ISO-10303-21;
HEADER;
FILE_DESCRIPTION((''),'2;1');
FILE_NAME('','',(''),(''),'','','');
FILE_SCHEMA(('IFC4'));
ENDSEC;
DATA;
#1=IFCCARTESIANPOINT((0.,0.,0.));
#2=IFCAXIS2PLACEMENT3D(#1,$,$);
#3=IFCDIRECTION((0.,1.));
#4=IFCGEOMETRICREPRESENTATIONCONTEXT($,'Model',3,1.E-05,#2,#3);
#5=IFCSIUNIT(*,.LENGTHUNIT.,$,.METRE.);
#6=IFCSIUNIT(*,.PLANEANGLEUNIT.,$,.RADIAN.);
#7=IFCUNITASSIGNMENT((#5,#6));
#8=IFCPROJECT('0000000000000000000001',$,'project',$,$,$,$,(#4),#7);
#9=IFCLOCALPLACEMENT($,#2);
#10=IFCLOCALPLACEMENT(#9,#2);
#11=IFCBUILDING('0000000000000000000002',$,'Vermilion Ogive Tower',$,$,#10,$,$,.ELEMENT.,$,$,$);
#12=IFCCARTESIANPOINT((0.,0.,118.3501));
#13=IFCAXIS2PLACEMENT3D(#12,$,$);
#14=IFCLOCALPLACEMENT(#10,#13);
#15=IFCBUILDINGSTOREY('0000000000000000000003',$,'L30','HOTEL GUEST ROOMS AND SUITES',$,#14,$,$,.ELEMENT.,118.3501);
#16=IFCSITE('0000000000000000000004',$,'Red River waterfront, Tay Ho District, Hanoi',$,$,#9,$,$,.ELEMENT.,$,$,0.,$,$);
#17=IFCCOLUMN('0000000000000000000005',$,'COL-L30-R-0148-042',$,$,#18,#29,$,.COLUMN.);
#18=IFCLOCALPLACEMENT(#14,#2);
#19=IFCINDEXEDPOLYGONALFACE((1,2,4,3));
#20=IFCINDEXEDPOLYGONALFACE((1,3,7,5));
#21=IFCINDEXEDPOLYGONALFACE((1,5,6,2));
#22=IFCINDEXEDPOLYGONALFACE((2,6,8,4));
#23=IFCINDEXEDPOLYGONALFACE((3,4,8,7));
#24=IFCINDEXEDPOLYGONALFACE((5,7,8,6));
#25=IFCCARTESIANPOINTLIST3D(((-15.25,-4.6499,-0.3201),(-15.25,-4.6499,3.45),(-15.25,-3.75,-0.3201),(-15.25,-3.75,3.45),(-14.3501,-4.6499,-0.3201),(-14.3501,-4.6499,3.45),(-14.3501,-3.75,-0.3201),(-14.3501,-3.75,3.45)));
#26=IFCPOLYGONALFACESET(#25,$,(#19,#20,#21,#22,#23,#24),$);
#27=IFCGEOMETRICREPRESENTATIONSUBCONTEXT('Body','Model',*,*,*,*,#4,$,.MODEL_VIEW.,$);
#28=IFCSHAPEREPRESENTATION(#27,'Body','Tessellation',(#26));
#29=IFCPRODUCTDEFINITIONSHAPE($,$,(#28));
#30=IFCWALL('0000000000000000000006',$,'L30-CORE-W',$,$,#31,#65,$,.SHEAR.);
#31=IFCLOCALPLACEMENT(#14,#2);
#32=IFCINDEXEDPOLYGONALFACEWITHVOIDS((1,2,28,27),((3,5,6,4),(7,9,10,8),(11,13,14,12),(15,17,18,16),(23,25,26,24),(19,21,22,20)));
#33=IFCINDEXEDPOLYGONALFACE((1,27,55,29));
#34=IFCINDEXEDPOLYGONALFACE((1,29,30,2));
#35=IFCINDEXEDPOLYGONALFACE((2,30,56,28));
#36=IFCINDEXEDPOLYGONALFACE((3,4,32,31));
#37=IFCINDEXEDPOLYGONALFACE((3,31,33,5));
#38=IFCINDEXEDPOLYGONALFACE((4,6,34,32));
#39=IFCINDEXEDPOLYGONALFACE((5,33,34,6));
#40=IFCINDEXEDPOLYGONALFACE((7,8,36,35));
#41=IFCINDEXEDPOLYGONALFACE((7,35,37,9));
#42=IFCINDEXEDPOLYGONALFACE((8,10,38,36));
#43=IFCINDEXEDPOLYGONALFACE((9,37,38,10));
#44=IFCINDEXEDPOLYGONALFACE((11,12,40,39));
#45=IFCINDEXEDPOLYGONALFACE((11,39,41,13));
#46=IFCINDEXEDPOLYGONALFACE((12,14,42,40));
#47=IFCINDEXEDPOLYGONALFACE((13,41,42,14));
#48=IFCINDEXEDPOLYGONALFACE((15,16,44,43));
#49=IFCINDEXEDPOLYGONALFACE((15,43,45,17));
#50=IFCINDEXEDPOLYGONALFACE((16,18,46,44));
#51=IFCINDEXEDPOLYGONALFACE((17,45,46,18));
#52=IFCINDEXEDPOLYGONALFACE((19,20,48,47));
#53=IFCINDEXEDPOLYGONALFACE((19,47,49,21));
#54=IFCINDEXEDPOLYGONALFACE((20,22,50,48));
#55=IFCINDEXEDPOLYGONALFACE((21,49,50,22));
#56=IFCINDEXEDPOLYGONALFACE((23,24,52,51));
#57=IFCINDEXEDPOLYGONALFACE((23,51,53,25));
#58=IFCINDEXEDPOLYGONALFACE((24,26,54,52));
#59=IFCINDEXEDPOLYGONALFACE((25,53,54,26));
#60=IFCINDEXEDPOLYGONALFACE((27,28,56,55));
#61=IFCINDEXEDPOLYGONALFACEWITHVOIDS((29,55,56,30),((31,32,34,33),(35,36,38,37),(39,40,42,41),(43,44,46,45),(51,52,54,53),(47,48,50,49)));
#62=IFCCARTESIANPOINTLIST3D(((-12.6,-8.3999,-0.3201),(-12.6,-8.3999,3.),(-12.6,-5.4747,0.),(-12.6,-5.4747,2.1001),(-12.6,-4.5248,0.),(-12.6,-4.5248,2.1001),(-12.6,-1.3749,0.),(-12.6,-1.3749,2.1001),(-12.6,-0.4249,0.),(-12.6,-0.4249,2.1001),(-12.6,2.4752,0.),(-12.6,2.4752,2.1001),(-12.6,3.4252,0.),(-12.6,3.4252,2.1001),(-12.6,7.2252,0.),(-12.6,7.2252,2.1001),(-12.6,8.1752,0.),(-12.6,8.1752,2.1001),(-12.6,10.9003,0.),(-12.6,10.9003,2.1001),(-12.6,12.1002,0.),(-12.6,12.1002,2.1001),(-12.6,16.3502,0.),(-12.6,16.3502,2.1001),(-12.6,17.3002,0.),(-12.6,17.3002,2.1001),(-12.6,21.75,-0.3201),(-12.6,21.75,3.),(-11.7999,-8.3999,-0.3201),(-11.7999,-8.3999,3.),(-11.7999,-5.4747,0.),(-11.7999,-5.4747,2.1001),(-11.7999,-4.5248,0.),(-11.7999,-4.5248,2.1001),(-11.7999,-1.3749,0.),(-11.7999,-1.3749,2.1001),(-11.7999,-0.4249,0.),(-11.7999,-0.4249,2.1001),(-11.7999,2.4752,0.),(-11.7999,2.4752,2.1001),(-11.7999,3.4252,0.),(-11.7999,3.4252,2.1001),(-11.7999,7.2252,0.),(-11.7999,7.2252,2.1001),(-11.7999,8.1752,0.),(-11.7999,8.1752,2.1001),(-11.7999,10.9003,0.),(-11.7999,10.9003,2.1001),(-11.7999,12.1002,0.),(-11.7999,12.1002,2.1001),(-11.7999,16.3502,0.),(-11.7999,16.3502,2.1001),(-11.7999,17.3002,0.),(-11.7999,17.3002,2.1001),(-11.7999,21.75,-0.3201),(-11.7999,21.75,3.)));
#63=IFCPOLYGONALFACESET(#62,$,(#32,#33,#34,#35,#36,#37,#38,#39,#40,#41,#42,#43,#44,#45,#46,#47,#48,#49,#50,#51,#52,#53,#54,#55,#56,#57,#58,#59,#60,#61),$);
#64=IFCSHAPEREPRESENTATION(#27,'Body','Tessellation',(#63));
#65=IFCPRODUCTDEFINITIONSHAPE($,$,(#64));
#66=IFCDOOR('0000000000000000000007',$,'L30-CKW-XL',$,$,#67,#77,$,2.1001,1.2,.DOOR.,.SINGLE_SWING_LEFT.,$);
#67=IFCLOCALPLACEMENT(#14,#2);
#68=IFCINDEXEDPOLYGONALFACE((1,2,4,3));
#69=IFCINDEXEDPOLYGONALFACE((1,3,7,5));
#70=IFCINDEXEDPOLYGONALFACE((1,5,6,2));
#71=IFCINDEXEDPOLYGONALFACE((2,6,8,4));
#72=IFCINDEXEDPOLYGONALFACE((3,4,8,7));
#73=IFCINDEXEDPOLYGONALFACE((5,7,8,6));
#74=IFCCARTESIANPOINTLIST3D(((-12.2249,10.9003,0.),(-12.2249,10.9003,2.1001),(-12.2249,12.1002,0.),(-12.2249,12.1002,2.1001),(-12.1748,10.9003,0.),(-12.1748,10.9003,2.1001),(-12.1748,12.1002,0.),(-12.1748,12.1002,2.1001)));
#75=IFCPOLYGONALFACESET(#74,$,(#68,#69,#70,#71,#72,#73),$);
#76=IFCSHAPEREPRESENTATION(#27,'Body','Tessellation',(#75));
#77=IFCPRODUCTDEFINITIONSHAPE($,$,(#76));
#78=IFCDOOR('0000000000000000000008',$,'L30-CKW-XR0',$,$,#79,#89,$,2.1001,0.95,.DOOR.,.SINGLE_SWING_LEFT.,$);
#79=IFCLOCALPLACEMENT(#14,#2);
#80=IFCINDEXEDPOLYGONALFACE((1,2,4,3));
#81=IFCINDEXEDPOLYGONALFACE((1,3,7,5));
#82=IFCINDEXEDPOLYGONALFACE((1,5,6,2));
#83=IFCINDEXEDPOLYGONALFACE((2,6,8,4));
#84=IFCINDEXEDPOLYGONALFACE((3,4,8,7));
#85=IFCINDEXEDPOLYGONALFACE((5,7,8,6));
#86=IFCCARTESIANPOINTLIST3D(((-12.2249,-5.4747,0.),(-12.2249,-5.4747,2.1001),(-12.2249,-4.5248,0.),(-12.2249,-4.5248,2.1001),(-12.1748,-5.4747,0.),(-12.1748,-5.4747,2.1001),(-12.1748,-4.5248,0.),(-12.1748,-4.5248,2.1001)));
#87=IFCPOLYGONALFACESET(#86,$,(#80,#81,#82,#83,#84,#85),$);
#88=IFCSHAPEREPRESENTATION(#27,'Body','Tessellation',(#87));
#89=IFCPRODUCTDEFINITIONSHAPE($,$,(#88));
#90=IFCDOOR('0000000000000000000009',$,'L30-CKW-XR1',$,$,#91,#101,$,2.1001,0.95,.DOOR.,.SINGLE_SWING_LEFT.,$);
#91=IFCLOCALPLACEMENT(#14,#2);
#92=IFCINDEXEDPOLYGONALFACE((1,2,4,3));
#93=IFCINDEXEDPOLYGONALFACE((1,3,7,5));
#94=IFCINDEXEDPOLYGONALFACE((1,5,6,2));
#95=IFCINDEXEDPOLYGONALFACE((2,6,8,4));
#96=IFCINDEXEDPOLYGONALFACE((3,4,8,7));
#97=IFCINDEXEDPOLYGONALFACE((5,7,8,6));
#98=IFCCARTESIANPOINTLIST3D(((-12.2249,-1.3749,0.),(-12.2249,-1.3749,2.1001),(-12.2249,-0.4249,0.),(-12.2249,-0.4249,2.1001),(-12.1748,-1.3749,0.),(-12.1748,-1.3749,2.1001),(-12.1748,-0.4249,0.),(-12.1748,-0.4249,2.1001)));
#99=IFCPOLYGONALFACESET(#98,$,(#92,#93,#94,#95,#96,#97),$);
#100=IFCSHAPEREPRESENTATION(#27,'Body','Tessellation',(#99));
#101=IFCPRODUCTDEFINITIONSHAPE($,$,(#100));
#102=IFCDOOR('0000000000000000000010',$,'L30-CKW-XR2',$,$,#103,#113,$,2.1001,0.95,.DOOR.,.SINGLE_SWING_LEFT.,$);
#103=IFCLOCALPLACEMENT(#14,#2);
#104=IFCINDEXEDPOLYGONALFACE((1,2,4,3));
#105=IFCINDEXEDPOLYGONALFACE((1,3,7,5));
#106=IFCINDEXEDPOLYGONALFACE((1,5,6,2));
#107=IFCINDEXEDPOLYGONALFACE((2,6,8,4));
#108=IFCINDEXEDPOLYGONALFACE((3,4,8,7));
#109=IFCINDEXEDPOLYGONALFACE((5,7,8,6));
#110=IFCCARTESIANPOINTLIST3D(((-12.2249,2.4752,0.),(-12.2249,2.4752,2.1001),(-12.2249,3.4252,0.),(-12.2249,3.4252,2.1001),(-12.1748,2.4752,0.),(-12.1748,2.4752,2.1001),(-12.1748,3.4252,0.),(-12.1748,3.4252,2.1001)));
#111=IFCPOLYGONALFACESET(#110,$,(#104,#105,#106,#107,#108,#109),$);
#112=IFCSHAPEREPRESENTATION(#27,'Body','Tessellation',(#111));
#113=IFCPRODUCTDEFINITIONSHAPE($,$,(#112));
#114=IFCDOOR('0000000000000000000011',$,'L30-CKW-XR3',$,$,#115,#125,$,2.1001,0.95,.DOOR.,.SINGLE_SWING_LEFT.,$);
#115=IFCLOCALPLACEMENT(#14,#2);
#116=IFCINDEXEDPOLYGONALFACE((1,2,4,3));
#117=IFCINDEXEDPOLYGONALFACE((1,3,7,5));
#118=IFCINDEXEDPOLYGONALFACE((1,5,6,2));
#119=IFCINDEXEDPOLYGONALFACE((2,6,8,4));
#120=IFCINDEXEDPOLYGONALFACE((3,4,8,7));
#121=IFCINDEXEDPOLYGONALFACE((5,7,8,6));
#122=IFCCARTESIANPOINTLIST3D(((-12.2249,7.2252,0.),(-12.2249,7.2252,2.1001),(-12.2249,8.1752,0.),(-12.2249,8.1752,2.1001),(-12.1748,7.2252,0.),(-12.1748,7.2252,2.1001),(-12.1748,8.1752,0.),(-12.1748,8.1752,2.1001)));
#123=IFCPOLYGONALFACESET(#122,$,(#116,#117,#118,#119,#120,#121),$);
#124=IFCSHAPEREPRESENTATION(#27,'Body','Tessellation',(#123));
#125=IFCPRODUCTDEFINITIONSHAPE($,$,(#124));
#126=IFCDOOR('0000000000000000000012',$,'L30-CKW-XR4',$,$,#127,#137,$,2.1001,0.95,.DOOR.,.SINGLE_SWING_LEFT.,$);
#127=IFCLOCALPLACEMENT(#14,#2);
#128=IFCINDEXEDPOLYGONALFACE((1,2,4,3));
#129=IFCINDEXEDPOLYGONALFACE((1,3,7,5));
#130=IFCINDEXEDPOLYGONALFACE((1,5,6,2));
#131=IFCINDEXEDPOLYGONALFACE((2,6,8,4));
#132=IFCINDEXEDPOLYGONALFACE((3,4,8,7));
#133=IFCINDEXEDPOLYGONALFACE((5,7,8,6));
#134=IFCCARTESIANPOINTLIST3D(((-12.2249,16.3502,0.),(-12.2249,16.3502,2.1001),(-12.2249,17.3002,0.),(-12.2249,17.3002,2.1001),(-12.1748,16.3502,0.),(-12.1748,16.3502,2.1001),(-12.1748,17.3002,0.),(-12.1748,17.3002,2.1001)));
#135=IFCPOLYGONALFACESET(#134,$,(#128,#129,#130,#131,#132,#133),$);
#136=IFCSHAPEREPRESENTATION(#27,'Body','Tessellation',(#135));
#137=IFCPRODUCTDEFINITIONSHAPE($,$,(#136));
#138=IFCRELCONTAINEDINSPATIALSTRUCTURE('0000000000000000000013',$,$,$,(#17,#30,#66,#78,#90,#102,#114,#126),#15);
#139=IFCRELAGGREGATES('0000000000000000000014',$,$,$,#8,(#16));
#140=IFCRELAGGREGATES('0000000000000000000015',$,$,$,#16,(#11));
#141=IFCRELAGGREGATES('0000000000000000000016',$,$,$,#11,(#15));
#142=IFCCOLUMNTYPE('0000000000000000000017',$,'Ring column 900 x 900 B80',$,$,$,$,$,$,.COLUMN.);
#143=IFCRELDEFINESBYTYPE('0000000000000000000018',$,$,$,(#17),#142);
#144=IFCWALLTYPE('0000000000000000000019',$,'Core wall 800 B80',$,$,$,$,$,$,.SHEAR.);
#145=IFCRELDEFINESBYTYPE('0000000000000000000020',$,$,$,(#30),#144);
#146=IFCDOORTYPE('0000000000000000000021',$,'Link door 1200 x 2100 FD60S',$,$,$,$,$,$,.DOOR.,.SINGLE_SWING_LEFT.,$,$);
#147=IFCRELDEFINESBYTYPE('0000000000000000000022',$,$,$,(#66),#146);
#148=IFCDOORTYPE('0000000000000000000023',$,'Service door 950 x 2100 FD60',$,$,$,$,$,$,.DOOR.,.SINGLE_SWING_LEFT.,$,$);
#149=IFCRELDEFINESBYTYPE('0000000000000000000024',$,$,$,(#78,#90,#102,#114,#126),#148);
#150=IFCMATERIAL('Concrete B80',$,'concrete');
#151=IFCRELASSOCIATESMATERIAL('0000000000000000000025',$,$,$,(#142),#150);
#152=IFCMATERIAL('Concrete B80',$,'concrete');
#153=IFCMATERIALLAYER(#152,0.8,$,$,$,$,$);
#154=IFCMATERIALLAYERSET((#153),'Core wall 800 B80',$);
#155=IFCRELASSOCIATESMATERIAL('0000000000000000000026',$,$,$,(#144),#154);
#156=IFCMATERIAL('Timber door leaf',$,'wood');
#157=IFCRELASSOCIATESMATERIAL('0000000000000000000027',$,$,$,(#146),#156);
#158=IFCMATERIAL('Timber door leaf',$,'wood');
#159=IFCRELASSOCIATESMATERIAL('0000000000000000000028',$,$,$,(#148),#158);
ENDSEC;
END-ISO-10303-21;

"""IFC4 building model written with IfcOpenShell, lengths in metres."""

from ifc_helpers import new_model, si_unit, direction, frame, frame_2d, origin, origin_2d, place, context, subcontext, project, spatial, rectangle, extrude, material, layer, layer_set, material_profile, profile_set, type_object, element, fill, save


model = new_model("IFC4")

# Units and contexts
model_context = context("Model", 3, precision=1e-05, world=origin(), true_north=direction((0.0, 1.0)))
body_context = subcontext(model_context, "Body", "Model", "MODEL_VIEW")
ifc_project = project(units=[si_unit("LENGTHUNIT", "METRE"), si_unit("PLANEANGLEUNIT", "RADIAN")], contexts=[model_context])

# Site, building, storey
site_placement = place(None, origin())
site = spatial("IfcSite", under=ifc_project, at=site_placement, Name="Red River waterfront, Tay Ho District, Hanoi", CompositionType="ELEMENT", RefElevation=0.0)
building_placement = place(site_placement, origin())
building = spatial("IfcBuilding", under=site, at=building_placement, Name="Vermilion Ogive Tower", CompositionType="ELEMENT")
storey_placement = place(building_placement, frame((0.0, 0.0, 118.3501)))
storey = spatial("IfcBuildingStorey", under=building, at=storey_placement, Name="L30", Description="HOTEL GUEST ROOMS AND SUITES", CompositionType="ELEMENT", Elevation=118.3501)

# Column
ifc_material_1 = material(Name="Concrete B80", Category="concrete")
ifc_material_profile = material_profile(ifc_material_1, rectangle(XDim=0.8999, YDim=0.8999, at=origin_2d()), Name="900 x 900")
ifc_profile_set = profile_set([ifc_material_profile], Name="Concrete B80")
column_type = type_object("IfcColumnType", Name="Ring column 900 x 900 B80", PredefinedType="COLUMN", material=ifc_profile_set)
column_placement = place(storey_placement, frame((-14.8, -4.2, -0.3201), z_axis=(0.0, 0.0, 1.0), x_axis=(1.0, 0.0, 0.0)))
element("IfcColumn", 1, at=column_placement, inside=storey, type_object=column_type, Name="COL-L30-R-0148-042", PredefinedType="COLUMN", context=body_context, shape_type="SweptSolid", body=[
    extrude(rectangle(XDim=0.8999, YDim=0.8999, at=origin_2d()), origin(), (0.0, 0.0, 1.0), 3.77),
])

# Wall, openings, doors
ifc_material_2 = material(Name="Concrete B80", Category="concrete")
ifc_layer_1 = layer(ifc_material_2, 0.8)
ifc_layer_set_1 = layer_set([ifc_layer_1], Name="Core wall 800 B80")
wall_type_1 = type_object("IfcWallType", Name="Core wall 800 B80", PredefinedType="SHEAR", material=ifc_layer_set_1)
wall_1_placement = place(storey_placement, frame((-12.2, -8.3999, -0.3201), z_axis=(0.0, 0.0, 1.0), x_axis=(0.0, 1.0, 0.0)))
wall_1 = element("IfcWall", 2, at=wall_1_placement, inside=storey, type_object=wall_type_1, Name="L30-CORE-W", PredefinedType="SHEAR", context=body_context, shape_type="SweptSolid", body=[
    extrude(rectangle(XDim=30.1499, YDim=0.8, at=frame_2d((15.075, 0.0))), origin(), (0.0, 0.0, 1.0), 3.3201),
])
opening_1_placement = place(wall_1_placement, frame((2.925, 0.0, 0.3201)))
opening_1 = element("IfcOpeningElement", 3, at=opening_1_placement, cuts=wall_1, PredefinedType="OPENING", context=body_context, shape_type="SweptSolid", body=[
    extrude(rectangle(XDim=0.95, YDim=2.1001, at=frame_2d((0.4751, 1.05))), frame((0.0, 0.4099, 0.0), z_axis=(0.0, -1.0, 0.0), x_axis=(1.0, 0.0, 0.0)), (0.0, 0.0, 1.0), 0.8201),
])
opening_2_placement = place(wall_1_placement, frame((7.0249, 0.0, 0.3201)))
opening_2 = element("IfcOpeningElement", 4, at=opening_2_placement, cuts=wall_1, PredefinedType="OPENING", context=body_context, shape_type="SweptSolid", body=[
    extrude(rectangle(XDim=0.95, YDim=2.1001, at=frame_2d((0.4751, 1.05))), frame((0.0, 0.4099, 0.0), z_axis=(0.0, -1.0, 0.0), x_axis=(1.0, 0.0, 0.0)), (0.0, 0.0, 1.0), 0.8201),
])
opening_3_placement = place(wall_1_placement, frame((10.875, 0.0, 0.3201)))
opening_3 = element("IfcOpeningElement", 5, at=opening_3_placement, cuts=wall_1, PredefinedType="OPENING", context=body_context, shape_type="SweptSolid", body=[
    extrude(rectangle(XDim=0.95, YDim=2.1001, at=frame_2d((0.4751, 1.05))), frame((0.0, 0.4099, 0.0), z_axis=(0.0, -1.0, 0.0), x_axis=(1.0, 0.0, 0.0)), (0.0, 0.0, 1.0), 0.8201),
])
opening_4_placement = place(wall_1_placement, frame((15.625, 0.0, 0.3201)))
opening_4 = element("IfcOpeningElement", 6, at=opening_4_placement, cuts=wall_1, PredefinedType="OPENING", context=body_context, shape_type="SweptSolid", body=[
    extrude(rectangle(XDim=0.95, YDim=2.1001, at=frame_2d((0.4751, 1.05))), frame((0.0, 0.4099, 0.0), z_axis=(0.0, -1.0, 0.0), x_axis=(1.0, 0.0, 0.0)), (0.0, 0.0, 1.0), 0.8201),
])
opening_5_placement = place(wall_1_placement, frame((24.75, 0.0, 0.3201)))
opening_5 = element("IfcOpeningElement", 7, at=opening_5_placement, cuts=wall_1, PredefinedType="OPENING", context=body_context, shape_type="SweptSolid", body=[
    extrude(rectangle(XDim=0.95, YDim=2.1001, at=frame_2d((0.4751, 1.05))), frame((0.0, 0.4099, 0.0), z_axis=(0.0, -1.0, 0.0), x_axis=(1.0, 0.0, 0.0)), (0.0, 0.0, 1.0), 0.8201),
])
opening_6_placement = place(wall_1_placement, frame((19.3, 0.0, 0.3201)))
opening_6 = element("IfcOpeningElement", 8, at=opening_6_placement, cuts=wall_1, PredefinedType="OPENING", context=body_context, shape_type="SweptSolid", body=[
    extrude(rectangle(XDim=1.2, YDim=2.1001, at=frame_2d((0.6001, 1.05))), frame((0.0, 0.4099, 0.0), z_axis=(0.0, -1.0, 0.0), x_axis=(1.0, 0.0, 0.0)), (0.0, 0.0, 1.0), 0.8201),
])
ifc_material_3 = material(Name="Timber door leaf", Category="wood")
door_type_1 = type_object("IfcDoorType", Name="Link door 1200 x 2100 FD60S", OperationType="SINGLE_SWING_LEFT", PredefinedType="DOOR", material=ifc_material_3)
door_1_placement = place(opening_6_placement, origin())
door_1 = element("IfcDoor", 9, at=door_1_placement, inside=storey, type_object=door_type_1, Name="L30-CKW-XL", OperationType="SINGLE_SWING_LEFT", OverallHeight=2.1001, OverallWidth=1.2, PredefinedType="DOOR", context=body_context, shape_type="SweptSolid", body=[
    extrude(rectangle(XDim=1.2, YDim=2.1001, at=frame_2d((0.6001, 1.05))), frame((0.0, 0.0249, 0.0), z_axis=(0.0, -1.0, 0.0), x_axis=(1.0, 0.0, 0.0)), (0.0, 0.0, 1.0), 0.05),
])
fill(opening_6, door_1)
ifc_material_4 = material(Name="Timber door leaf", Category="wood")
door_type_2 = type_object("IfcDoorType", Name="Service door 950 x 2100 FD60", OperationType="SINGLE_SWING_LEFT", PredefinedType="DOOR", material=ifc_material_4)
door_2_placement = place(opening_1_placement, origin())
door_2 = element("IfcDoor", 10, at=door_2_placement, inside=storey, type_object=door_type_2, Name="L30-CKW-XR0", OperationType="SINGLE_SWING_LEFT", OverallHeight=2.1001, OverallWidth=0.95, PredefinedType="DOOR", context=body_context, shape_type="SweptSolid", body=[
    extrude(rectangle(XDim=0.95, YDim=2.1001, at=frame_2d((0.4751, 1.05))), frame((0.0, 0.0249, 0.0), z_axis=(0.0, -1.0, 0.0), x_axis=(1.0, 0.0, 0.0)), (0.0, 0.0, 1.0), 0.05),
])
fill(opening_1, door_2)
door_3_placement = place(opening_2_placement, origin())
door_3 = element("IfcDoor", 11, at=door_3_placement, inside=storey, type_object=door_type_2, Name="L30-CKW-XR1", OperationType="SINGLE_SWING_LEFT", OverallHeight=2.1001, OverallWidth=0.95, PredefinedType="DOOR", context=body_context, shape_type="SweptSolid", body=[
    extrude(rectangle(XDim=0.95, YDim=2.1001, at=frame_2d((0.4751, 1.05))), frame((0.0, 0.0249, 0.0), z_axis=(0.0, -1.0, 0.0), x_axis=(1.0, 0.0, 0.0)), (0.0, 0.0, 1.0), 0.05),
])
fill(opening_2, door_3)
door_4_placement = place(opening_3_placement, origin())
door_4 = element("IfcDoor", 12, at=door_4_placement, inside=storey, type_object=door_type_2, Name="L30-CKW-XR2", OperationType="SINGLE_SWING_LEFT", OverallHeight=2.1001, OverallWidth=0.95, PredefinedType="DOOR", context=body_context, shape_type="SweptSolid", body=[
    extrude(rectangle(XDim=0.95, YDim=2.1001, at=frame_2d((0.4751, 1.05))), frame((0.0, 0.0249, 0.0), z_axis=(0.0, -1.0, 0.0), x_axis=(1.0, 0.0, 0.0)), (0.0, 0.0, 1.0), 0.05),
])
fill(opening_3, door_4)
door_5_placement = place(opening_4_placement, origin())
door_5 = element("IfcDoor", 13, at=door_5_placement, inside=storey, type_object=door_type_2, Name="L30-CKW-XR3", OperationType="SINGLE_SWING_LEFT", OverallHeight=2.1001, OverallWidth=0.95, PredefinedType="DOOR", context=body_context, shape_type="SweptSolid", body=[
    extrude(rectangle(XDim=0.95, YDim=2.1001, at=frame_2d((0.4751, 1.05))), frame((0.0, 0.0249, 0.0), z_axis=(0.0, -1.0, 0.0), x_axis=(1.0, 0.0, 0.0)), (0.0, 0.0, 1.0), 0.05),
])
fill(opening_4, door_5)
door_6_placement = place(opening_5_placement, origin())
door_6 = element("IfcDoor", 14, at=door_6_placement, inside=storey, type_object=door_type_2, Name="L30-CKW-XR4", OperationType="SINGLE_SWING_LEFT", OverallHeight=2.1001, OverallWidth=0.95, PredefinedType="DOOR", context=body_context, shape_type="SweptSolid", body=[
    extrude(rectangle(XDim=0.95, YDim=2.1001, at=frame_2d((0.4751, 1.05))), frame((0.0, 0.0249, 0.0), z_axis=(0.0, -1.0, 0.0), x_axis=(1.0, 0.0, 0.0)), (0.0, 0.0, 1.0), 0.05),
])
fill(opening_5, door_6)

save(model, "model.ifc")
